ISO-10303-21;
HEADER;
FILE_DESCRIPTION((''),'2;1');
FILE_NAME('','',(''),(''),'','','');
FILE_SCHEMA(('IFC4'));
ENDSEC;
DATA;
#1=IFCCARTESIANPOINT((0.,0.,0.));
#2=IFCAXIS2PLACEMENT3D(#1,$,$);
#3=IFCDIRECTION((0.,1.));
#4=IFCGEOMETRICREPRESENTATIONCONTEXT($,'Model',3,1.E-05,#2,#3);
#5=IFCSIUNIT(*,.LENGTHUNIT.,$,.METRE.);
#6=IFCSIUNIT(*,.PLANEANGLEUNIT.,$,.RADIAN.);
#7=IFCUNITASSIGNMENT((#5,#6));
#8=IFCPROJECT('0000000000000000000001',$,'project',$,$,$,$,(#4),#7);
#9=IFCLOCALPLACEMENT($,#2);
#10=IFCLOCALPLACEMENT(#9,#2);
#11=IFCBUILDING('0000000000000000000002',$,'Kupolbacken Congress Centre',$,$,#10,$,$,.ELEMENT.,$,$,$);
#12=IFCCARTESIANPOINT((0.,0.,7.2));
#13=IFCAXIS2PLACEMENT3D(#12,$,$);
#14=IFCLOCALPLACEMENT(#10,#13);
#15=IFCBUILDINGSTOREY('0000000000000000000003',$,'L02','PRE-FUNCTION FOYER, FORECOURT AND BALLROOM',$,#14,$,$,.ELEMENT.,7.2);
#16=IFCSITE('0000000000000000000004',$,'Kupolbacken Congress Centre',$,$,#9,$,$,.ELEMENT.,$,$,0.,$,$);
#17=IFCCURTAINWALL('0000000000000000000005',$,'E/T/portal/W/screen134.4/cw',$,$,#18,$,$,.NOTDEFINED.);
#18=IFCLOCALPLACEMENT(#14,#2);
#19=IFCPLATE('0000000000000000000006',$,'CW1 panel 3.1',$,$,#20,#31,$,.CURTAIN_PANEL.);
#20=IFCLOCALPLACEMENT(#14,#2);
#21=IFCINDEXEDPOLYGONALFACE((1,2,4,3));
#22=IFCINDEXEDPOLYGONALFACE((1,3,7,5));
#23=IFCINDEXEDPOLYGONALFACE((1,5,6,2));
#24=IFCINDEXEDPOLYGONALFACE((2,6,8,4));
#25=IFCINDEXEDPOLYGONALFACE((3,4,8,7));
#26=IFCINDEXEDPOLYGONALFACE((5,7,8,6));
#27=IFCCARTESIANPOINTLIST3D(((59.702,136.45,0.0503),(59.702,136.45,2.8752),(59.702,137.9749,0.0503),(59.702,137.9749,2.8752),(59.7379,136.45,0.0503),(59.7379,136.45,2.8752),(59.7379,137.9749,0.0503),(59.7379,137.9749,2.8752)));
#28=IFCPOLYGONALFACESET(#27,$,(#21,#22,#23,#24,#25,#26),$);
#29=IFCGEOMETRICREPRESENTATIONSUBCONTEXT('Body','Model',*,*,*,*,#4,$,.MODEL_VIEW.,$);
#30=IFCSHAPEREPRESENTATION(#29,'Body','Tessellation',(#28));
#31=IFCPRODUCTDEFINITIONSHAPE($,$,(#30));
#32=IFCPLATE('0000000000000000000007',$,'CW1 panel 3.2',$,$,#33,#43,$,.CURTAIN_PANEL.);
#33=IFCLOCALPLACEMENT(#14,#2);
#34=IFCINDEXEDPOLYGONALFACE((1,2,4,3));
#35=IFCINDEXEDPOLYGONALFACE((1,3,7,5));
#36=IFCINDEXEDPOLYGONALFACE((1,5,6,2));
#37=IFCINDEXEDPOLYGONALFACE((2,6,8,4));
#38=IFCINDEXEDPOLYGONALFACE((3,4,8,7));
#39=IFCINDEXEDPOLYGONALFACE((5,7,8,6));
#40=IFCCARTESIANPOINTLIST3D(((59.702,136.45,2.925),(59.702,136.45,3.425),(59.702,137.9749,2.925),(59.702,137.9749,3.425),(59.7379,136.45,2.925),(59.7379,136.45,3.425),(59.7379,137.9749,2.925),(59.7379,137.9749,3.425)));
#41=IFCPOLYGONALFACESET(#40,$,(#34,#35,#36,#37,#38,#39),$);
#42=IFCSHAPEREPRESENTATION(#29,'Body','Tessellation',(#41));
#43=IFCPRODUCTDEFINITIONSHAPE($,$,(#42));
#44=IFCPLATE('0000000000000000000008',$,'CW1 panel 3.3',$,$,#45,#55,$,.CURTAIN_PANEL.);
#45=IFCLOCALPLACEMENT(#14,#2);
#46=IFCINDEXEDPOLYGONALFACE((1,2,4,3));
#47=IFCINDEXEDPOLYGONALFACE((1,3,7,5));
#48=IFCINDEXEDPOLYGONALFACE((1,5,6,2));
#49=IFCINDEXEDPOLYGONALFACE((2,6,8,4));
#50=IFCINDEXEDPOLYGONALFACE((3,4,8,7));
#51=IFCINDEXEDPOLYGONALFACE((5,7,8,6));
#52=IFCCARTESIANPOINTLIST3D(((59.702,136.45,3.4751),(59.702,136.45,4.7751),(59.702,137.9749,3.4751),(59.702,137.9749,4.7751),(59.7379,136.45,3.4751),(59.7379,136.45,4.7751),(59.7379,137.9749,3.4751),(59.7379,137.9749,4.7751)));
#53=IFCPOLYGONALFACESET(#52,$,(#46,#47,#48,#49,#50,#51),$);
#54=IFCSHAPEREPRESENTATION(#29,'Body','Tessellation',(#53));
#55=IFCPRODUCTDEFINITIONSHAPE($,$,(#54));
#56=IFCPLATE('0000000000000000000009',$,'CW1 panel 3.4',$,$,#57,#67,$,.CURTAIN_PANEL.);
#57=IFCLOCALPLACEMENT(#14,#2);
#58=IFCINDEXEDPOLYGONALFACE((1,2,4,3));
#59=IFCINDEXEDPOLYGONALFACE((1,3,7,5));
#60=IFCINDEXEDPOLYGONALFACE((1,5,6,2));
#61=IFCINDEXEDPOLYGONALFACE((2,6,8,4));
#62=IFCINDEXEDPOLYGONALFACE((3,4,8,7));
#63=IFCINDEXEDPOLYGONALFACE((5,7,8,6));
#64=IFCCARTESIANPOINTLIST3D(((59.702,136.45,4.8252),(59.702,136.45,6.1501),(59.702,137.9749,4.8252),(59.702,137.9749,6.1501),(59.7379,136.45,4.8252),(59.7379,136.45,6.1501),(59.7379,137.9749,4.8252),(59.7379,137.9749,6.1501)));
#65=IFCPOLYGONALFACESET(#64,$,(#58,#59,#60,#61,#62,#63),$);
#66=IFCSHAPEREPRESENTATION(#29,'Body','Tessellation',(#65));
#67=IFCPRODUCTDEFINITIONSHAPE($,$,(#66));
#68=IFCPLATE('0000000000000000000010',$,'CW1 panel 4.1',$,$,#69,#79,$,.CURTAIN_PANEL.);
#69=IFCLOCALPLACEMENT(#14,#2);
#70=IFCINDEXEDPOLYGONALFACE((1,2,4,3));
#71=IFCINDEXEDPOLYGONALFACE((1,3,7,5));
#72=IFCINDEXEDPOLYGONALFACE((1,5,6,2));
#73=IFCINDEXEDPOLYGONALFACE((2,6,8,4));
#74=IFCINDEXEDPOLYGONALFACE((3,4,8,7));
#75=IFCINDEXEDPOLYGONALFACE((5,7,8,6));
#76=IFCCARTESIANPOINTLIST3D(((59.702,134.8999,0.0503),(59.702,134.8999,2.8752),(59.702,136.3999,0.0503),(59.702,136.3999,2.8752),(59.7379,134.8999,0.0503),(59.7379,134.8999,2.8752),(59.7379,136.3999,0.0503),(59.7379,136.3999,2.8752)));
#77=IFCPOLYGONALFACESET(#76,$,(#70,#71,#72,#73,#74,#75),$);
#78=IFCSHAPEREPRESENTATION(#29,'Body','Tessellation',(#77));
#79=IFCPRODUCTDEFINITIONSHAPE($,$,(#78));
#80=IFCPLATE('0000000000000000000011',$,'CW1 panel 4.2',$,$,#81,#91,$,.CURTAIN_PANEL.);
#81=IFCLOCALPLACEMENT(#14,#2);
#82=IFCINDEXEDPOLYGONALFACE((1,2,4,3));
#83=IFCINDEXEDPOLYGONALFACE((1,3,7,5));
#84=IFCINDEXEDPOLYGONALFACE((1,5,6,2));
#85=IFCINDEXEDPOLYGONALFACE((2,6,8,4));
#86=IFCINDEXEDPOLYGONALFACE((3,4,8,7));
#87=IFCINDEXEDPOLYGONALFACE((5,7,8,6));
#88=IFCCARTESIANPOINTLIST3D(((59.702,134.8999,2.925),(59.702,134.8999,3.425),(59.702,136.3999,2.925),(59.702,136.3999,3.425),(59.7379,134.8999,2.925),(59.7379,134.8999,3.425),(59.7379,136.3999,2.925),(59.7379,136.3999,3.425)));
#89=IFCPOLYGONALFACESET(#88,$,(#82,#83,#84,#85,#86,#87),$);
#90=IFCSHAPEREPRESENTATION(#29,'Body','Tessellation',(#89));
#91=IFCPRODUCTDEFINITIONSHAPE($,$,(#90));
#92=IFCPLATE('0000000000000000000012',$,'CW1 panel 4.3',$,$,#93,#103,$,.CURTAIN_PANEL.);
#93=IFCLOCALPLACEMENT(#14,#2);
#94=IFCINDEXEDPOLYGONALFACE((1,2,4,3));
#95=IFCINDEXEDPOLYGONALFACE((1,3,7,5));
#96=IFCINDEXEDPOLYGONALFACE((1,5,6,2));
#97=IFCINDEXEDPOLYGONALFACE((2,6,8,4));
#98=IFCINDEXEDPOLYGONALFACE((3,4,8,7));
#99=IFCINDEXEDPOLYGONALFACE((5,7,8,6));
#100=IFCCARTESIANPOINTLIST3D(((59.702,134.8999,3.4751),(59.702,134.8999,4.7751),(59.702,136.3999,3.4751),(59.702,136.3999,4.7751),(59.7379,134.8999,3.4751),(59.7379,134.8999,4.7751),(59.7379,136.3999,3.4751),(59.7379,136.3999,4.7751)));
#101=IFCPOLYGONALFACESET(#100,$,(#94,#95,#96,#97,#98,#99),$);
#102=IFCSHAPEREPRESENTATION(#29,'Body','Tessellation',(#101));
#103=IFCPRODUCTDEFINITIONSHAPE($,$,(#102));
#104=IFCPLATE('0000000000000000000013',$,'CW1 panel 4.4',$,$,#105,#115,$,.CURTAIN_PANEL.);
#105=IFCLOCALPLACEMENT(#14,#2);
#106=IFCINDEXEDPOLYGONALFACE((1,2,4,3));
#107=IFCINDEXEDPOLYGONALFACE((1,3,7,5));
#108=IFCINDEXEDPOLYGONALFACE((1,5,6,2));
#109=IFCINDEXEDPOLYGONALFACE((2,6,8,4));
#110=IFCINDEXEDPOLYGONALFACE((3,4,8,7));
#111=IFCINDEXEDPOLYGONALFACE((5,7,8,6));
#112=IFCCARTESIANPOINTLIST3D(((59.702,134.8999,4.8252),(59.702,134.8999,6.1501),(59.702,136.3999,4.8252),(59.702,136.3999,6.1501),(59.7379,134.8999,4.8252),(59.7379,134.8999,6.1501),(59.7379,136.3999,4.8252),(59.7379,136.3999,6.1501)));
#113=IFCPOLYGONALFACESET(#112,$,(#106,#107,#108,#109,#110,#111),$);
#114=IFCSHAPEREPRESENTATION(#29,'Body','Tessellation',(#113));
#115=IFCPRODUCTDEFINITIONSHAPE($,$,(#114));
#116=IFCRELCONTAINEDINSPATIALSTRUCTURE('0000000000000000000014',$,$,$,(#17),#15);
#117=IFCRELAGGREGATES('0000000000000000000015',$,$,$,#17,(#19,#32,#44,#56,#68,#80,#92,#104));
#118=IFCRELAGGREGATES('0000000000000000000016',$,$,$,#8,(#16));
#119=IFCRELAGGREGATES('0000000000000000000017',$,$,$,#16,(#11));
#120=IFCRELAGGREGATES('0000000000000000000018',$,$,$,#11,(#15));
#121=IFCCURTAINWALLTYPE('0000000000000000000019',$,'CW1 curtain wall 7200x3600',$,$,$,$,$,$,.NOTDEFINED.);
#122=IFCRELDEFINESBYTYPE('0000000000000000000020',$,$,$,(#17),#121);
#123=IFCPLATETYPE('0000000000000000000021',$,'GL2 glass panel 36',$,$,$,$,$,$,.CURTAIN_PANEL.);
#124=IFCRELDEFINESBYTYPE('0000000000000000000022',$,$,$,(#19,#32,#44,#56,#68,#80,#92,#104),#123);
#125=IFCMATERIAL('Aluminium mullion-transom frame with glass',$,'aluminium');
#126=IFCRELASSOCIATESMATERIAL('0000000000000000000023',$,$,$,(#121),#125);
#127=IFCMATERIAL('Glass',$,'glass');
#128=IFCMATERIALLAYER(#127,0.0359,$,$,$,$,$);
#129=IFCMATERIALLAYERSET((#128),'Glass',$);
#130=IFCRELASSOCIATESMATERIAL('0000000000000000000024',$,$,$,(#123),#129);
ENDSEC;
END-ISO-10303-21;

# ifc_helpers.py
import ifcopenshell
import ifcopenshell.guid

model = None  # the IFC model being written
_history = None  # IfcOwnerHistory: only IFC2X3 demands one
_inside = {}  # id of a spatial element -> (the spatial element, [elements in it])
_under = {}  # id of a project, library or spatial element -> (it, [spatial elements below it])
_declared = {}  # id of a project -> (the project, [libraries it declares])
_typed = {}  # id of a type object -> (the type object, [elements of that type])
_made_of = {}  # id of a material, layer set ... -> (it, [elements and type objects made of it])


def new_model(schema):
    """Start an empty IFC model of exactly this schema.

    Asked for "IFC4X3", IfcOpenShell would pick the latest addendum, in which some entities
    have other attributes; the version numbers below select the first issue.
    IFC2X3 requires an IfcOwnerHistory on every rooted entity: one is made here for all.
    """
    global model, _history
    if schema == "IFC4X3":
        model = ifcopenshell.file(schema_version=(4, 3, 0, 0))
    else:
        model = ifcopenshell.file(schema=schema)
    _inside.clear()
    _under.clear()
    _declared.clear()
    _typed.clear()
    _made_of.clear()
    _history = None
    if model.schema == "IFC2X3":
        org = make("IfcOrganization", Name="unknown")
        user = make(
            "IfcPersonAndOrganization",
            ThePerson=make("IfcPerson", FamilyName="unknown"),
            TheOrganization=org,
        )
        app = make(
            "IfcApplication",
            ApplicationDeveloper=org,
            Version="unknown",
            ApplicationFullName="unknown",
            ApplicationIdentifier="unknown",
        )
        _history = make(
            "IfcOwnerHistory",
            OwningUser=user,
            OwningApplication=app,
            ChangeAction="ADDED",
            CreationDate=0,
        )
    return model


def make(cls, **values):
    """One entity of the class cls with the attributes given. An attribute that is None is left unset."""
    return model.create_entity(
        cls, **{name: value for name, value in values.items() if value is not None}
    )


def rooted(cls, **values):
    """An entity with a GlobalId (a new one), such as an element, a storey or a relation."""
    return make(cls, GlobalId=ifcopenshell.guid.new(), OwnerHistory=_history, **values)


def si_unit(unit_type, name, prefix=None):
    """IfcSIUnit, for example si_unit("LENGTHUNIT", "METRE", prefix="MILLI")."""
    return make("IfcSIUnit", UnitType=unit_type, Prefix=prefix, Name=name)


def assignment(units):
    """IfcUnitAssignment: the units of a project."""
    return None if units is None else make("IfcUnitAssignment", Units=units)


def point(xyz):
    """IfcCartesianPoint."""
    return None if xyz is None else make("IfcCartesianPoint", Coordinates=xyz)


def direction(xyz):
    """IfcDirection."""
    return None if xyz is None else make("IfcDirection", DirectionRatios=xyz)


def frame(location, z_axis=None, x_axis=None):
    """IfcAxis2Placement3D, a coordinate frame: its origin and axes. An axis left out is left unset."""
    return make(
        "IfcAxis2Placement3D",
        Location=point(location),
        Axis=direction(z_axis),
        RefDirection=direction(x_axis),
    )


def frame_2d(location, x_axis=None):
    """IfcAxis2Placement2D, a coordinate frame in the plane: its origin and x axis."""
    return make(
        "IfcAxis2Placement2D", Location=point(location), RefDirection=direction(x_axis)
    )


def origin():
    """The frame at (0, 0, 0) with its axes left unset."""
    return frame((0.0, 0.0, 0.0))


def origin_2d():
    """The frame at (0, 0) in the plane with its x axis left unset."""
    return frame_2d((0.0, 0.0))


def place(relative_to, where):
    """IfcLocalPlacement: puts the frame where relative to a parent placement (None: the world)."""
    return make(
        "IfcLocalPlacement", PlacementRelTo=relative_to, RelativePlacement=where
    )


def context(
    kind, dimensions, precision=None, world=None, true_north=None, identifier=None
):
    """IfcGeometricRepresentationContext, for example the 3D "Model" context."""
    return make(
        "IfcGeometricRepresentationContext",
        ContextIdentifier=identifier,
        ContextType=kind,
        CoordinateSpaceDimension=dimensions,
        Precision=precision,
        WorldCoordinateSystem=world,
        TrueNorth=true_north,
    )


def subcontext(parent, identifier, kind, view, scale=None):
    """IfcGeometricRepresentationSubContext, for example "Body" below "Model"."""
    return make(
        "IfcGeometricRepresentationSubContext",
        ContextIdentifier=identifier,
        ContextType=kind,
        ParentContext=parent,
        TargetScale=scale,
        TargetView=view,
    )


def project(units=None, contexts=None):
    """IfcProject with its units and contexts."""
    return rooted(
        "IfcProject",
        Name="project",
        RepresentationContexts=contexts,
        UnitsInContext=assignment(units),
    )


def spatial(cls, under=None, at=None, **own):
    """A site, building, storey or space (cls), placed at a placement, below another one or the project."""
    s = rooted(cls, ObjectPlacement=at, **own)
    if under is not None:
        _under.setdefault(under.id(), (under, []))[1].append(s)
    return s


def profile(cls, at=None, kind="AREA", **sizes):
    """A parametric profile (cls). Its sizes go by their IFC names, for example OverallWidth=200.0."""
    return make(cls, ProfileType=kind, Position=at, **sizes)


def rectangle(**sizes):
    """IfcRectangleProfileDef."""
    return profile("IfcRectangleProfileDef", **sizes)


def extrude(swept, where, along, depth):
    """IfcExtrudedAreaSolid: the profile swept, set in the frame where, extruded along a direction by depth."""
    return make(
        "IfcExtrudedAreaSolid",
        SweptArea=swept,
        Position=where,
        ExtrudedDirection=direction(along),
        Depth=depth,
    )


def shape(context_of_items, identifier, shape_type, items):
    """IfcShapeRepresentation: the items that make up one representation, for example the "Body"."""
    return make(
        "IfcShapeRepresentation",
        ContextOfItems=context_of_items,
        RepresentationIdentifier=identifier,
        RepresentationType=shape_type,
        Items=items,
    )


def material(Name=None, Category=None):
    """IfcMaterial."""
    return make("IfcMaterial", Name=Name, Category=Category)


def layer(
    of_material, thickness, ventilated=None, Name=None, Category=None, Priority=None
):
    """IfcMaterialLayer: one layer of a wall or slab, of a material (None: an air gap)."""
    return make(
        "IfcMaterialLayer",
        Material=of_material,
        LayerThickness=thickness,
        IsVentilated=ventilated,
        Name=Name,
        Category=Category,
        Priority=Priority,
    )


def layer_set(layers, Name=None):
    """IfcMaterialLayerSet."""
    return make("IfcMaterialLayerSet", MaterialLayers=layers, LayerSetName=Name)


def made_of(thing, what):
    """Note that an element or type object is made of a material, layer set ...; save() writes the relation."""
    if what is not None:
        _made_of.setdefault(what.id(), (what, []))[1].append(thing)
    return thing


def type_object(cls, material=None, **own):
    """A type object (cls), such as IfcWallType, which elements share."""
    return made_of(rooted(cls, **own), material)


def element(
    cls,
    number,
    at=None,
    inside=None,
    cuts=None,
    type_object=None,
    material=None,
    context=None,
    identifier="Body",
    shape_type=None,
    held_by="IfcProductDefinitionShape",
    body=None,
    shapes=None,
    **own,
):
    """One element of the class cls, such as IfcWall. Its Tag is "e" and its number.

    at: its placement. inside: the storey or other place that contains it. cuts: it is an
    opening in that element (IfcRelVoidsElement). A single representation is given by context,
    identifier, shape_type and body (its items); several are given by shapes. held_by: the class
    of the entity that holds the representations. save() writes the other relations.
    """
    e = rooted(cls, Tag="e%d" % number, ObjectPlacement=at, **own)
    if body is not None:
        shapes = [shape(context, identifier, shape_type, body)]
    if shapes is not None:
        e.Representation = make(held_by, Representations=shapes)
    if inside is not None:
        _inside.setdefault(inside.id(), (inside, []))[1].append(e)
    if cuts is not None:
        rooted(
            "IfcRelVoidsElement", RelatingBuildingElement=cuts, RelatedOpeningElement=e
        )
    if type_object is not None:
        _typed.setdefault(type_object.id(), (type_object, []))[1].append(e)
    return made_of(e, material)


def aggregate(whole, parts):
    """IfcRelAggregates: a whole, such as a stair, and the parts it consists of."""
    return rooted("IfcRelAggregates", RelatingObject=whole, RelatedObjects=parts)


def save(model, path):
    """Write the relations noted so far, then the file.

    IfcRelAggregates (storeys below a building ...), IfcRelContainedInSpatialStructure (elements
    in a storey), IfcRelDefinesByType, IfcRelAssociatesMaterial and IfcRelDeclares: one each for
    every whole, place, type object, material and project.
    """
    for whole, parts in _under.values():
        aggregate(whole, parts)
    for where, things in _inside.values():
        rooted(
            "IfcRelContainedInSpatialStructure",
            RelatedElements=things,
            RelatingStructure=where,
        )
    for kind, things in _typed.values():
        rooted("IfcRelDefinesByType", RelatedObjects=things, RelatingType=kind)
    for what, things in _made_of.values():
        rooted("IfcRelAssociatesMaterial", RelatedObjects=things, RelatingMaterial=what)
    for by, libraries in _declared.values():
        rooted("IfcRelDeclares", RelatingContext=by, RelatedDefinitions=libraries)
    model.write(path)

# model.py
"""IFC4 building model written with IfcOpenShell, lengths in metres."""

from ifc_helpers import new_model, si_unit, direction, frame, origin, origin_2d, place, context, subcontext, project, spatial, rectangle, extrude, material, layer, layer_set, type_object, element, aggregate, save


model = new_model("IFC4")

# Units and contexts
model_context = context("Model", 3, precision=1e-05, world=origin(), true_north=direction((0.0, 1.0)))
body_context = subcontext(model_context, "Body", "Model", "MODEL_VIEW")
ifc_project = project(units=[si_unit("LENGTHUNIT", "METRE"), si_unit("PLANEANGLEUNIT", "RADIAN")], contexts=[model_context])

# Site, building, storey
site_placement = place(None, origin())
site = spatial("IfcSite", under=ifc_project, at=site_placement, Name="Kupolbacken Congress Centre", CompositionType="ELEMENT", RefElevation=0.0)
building_placement = place(site_placement, origin())
building = spatial("IfcBuilding", under=site, at=building_placement, Name="Kupolbacken Congress Centre", CompositionType="ELEMENT")
storey_placement = place(building_placement, frame((0.0, 0.0, 7.2)))
storey = spatial("IfcBuildingStorey", under=building, at=storey_placement, Name="L02", Description="PRE-FUNCTION FOYER, FORECOURT AND BALLROOM", CompositionType="ELEMENT", Elevation=7.2)

# Shared definitions
ifc_material_1 = material(Name="Aluminium mullion-transom frame with glass", Category="aluminium")
curtain_wall_type = type_object("IfcCurtainWallType", Name="CW1 curtain wall 7200x3600", PredefinedType="NOTDEFINED", material=ifc_material_1)

# Curtain wall
curtain_wall_1_placement = place(storey_placement, origin())
curtain_wall_1 = element("IfcCurtainWall", 1, at=curtain_wall_1_placement, inside=storey, type_object=curtain_wall_type, Name="E/T/portal/W/screen134.4/cw", PredefinedType="NOTDEFINED")

# Plates
ifc_material_2 = material(Name="Glass", Category="glass")
ifc_layer = layer(ifc_material_2, 0.0359)
ifc_layer_set = layer_set([ifc_layer], Name="Glass")
plate_type = type_object("IfcPlateType", Name="GL2 glass panel 36", PredefinedType="CURTAIN_PANEL", material=ifc_layer_set)
plate_1_placement = place(storey_placement, frame((59.72, 137.2124, 0.0503), z_axis=(0.0, 0.0, 1.0), x_axis=(0.0, -1.0, 0.0)))
plate_1 = element("IfcPlate", 2, at=plate_1_placement, type_object=plate_type, Name="CW1 panel 3.1", PredefinedType="CURTAIN_PANEL", context=body_context, shape_type="SweptSolid", body=[
    extrude(rectangle(XDim=1.5249, YDim=0.0359, at=origin_2d()), origin(), (0.0, 0.0, 1.0), 2.825),
])
plate_2_placement = place(storey_placement, frame((59.72, 137.2124, 2.925), z_axis=(0.0, 0.0, 1.0), x_axis=(0.0, -1.0, 0.0)))
plate_2 = element("IfcPlate", 3, at=plate_2_placement, type_object=plate_type, Name="CW1 panel 3.2", PredefinedType="CURTAIN_PANEL", context=body_context, shape_type="SweptSolid", body=[
    extrude(rectangle(XDim=1.5249, YDim=0.0359, at=origin_2d()), origin(), (0.0, 0.0, 1.0), 0.5),
])
plate_3_placement = place(storey_placement, frame((59.72, 137.2124, 3.4751), z_axis=(0.0, 0.0, 1.0), x_axis=(0.0, -1.0, 0.0)))
plate_3 = element("IfcPlate", 4, at=plate_3_placement, type_object=plate_type, Name="CW1 panel 3.3", PredefinedType="CURTAIN_PANEL", context=body_context, shape_type="SweptSolid", body=[
    extrude(rectangle(XDim=1.5249, YDim=0.0359, at=origin_2d()), origin(), (0.0, 0.0, 1.0), 1.3),
])
plate_4_placement = place(storey_placement, frame((59.72, 137.2124, 4.8252), z_axis=(0.0, 0.0, 1.0), x_axis=(0.0, -1.0, 0.0)))
plate_4 = element("IfcPlate", 5, at=plate_4_placement, type_object=plate_type, Name="CW1 panel 3.4", PredefinedType="CURTAIN_PANEL", context=body_context, shape_type="SweptSolid", body=[
    extrude(rectangle(XDim=1.5249, YDim=0.0359, at=origin_2d()), origin(), (0.0, 0.0, 1.0), 1.325),
])
plate_5_placement = place(storey_placement, frame((59.72, 135.6499, 0.0503), z_axis=(0.0, 0.0, 1.0), x_axis=(0.0, -1.0, 0.0)))
plate_5 = element("IfcPlate", 6, at=plate_5_placement, type_object=plate_type, Name="CW1 panel 4.1", PredefinedType="CURTAIN_PANEL", context=body_context, shape_type="SweptSolid", body=[
    extrude(rectangle(XDim=1.5, YDim=0.0359, at=origin_2d()), origin(), (0.0, 0.0, 1.0), 2.825),
])
plate_6_placement = place(storey_placement, frame((59.72, 135.6499, 2.925), z_axis=(0.0, 0.0, 1.0), x_axis=(0.0, -1.0, 0.0)))
plate_6 = element("IfcPlate", 7, at=plate_6_placement, type_object=plate_type, Name="CW1 panel 4.2", PredefinedType="CURTAIN_PANEL", context=body_context, shape_type="SweptSolid", body=[
    extrude(rectangle(XDim=1.5, YDim=0.0359, at=origin_2d()), origin(), (0.0, 0.0, 1.0), 0.5),
])
plate_7_placement = place(storey_placement, frame((59.72, 135.6499, 3.4751), z_axis=(0.0, 0.0, 1.0), x_axis=(0.0, -1.0, 0.0)))
plate_7 = element("IfcPlate", 8, at=plate_7_placement, type_object=plate_type, Name="CW1 panel 4.3", PredefinedType="CURTAIN_PANEL", context=body_context, shape_type="SweptSolid", body=[
    extrude(rectangle(XDim=1.5, YDim=0.0359, at=origin_2d()), origin(), (0.0, 0.0, 1.0), 1.3),
])
plate_8_placement = place(storey_placement, frame((59.72, 135.6499, 4.8252), z_axis=(0.0, 0.0, 1.0), x_axis=(0.0, -1.0, 0.0)))
plate_8 = element("IfcPlate", 9, at=plate_8_placement, type_object=plate_type, Name="CW1 panel 4.4", PredefinedType="CURTAIN_PANEL", context=body_context, shape_type="SweptSolid", body=[
    extrude(rectangle(XDim=1.5, YDim=0.0359, at=origin_2d()), origin(), (0.0, 0.0, 1.0), 1.325),
])
aggregate(curtain_wall_1, [plate_1, plate_2, plate_3, plate_4, plate_5, plate_6, plate_7, plate_8])

save(model, "model.ifc")
